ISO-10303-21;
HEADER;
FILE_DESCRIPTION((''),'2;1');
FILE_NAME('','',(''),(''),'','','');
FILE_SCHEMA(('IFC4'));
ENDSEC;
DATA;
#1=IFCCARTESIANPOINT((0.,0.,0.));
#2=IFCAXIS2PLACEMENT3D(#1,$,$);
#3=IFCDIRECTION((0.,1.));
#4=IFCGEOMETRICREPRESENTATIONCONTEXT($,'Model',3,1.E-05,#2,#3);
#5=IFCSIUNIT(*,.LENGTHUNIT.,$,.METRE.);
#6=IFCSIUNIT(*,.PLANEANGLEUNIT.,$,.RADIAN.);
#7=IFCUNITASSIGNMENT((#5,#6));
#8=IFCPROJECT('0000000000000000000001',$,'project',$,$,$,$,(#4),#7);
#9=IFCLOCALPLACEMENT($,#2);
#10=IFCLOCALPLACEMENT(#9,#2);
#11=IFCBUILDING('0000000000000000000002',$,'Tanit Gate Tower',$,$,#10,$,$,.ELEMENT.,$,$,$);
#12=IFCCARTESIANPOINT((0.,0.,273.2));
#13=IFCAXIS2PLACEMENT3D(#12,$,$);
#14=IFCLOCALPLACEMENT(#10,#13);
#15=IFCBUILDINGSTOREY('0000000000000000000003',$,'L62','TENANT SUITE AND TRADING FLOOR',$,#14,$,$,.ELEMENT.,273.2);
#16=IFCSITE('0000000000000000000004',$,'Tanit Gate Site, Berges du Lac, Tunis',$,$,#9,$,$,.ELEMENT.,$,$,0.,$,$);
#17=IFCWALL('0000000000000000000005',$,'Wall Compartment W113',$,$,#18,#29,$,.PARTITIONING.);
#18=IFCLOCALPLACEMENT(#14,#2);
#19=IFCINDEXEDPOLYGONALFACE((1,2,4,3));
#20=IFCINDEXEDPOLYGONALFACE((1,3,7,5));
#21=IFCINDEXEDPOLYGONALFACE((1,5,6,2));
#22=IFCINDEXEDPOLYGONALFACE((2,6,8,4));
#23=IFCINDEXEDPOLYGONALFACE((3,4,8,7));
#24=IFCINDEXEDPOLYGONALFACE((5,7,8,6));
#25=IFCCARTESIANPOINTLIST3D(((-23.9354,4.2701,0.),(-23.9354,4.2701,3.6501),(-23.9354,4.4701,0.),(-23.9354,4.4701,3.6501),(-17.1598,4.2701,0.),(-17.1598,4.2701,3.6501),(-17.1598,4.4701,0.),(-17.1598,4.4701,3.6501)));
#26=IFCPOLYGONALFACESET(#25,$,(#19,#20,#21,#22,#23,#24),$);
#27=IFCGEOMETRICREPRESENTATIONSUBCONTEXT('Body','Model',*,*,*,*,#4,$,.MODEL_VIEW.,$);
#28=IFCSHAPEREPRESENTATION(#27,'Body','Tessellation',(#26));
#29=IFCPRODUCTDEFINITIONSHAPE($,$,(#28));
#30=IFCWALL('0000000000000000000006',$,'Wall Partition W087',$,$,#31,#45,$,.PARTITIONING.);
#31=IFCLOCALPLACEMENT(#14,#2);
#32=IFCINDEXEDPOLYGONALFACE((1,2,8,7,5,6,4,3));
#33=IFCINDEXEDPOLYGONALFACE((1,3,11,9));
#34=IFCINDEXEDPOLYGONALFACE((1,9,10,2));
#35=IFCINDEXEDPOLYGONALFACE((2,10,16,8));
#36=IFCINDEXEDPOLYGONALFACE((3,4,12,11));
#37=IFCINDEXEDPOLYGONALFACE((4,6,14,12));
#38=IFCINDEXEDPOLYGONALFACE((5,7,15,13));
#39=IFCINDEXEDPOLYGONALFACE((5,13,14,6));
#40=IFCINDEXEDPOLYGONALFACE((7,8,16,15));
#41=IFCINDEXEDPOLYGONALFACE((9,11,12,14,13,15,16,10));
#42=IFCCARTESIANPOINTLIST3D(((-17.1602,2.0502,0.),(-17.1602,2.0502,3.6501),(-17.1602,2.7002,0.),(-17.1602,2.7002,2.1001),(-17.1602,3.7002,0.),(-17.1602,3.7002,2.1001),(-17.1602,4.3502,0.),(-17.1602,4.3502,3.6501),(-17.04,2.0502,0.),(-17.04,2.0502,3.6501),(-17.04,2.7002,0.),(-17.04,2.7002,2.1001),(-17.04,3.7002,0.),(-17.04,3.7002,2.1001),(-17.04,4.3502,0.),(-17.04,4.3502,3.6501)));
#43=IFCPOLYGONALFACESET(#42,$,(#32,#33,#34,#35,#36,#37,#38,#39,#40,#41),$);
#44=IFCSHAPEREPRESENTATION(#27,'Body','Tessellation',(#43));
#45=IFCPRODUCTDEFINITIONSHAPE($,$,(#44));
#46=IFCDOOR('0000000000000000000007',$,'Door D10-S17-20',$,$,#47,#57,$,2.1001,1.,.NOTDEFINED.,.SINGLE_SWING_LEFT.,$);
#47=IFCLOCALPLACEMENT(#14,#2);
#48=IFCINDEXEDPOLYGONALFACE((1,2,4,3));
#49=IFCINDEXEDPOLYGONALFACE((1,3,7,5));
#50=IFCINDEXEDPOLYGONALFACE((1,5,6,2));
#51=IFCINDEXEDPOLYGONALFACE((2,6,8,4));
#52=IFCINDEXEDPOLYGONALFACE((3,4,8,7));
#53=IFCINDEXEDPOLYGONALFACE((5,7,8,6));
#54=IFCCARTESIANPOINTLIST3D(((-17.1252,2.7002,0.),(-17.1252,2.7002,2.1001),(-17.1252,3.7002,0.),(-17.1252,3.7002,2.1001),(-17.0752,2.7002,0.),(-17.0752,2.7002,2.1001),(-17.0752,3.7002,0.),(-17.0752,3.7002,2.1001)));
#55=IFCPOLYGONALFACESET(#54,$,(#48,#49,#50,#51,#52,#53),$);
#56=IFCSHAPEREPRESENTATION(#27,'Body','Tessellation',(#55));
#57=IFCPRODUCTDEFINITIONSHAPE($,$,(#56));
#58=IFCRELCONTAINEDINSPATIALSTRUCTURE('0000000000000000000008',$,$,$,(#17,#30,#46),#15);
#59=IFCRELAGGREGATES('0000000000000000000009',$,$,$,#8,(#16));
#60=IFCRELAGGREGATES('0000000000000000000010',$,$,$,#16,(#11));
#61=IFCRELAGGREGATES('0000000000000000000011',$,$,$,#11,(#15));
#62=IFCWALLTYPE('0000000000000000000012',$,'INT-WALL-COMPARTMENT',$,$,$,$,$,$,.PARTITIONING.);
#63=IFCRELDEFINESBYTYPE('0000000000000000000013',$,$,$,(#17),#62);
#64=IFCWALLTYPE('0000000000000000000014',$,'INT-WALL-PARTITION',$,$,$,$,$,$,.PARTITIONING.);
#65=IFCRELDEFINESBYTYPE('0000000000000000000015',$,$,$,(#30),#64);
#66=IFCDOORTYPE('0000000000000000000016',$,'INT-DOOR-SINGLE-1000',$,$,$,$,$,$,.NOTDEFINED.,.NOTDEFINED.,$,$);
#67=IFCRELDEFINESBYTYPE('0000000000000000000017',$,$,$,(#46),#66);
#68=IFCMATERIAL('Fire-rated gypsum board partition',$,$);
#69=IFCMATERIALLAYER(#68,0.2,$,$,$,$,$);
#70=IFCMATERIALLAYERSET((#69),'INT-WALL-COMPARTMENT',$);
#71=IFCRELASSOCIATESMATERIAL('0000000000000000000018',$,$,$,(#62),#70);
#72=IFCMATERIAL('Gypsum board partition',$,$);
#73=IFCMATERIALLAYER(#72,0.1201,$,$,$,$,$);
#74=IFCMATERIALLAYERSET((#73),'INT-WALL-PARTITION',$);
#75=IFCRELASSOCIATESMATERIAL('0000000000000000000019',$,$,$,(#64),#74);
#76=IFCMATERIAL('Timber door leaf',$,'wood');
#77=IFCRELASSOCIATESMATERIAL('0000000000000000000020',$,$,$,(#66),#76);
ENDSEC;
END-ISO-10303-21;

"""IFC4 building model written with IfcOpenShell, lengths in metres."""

from ifc_helpers import new_model, si_unit, direction, frame, frame_2d, origin, place, context, subcontext, project, spatial, rectangle, extrude, material, layer, layer_set, type_object, element, fill, save


model = new_model("IFC4")

# Units and contexts
model_context = context("Model", 3, precision=1e-05, world=origin(), true_north=direction((0.0, 1.0)))
body_context = subcontext(model_context, "Body", "Model", "MODEL_VIEW")
ifc_project = project(units=[si_unit("LENGTHUNIT", "METRE"), si_unit("PLANEANGLEUNIT", "RADIAN")], contexts=[model_context])

# Site, building, storey
site_placement = place(None, origin())
site = spatial("IfcSite", under=ifc_project, at=site_placement, Name="Tanit Gate Site, Berges du Lac, Tunis", CompositionType="ELEMENT", RefElevation=0.0)
building_placement = place(site_placement, origin())
building = spatial("IfcBuilding", under=site, at=building_placement, Name="Tanit Gate Tower", CompositionType="ELEMENT")
storey_placement = place(building_placement, frame((0.0, 0.0, 273.2)))
storey = spatial("IfcBuildingStorey", under=building, at=storey_placement, Name="L62", Description="TENANT SUITE AND TRADING FLOOR", CompositionType="ELEMENT", Elevation=273.2)

# Shared definitions
ifc_material_1 = material(Name="Fire-rated gypsum board partition")
ifc_layer_1 = layer(ifc_material_1, 0.2)
ifc_layer_set_1 = layer_set([ifc_layer_1], Name="INT-WALL-COMPARTMENT")
wall_type_1 = type_object("IfcWallType", Name="INT-WALL-COMPARTMENT", PredefinedType="PARTITIONING", material=ifc_layer_set_1)

# Wall
wall_1_placement = place(storey_placement, frame((-17.1599, 4.3701, 0.0), z_axis=(0.0, 0.0, 1.0), x_axis=(-1.0, 0.0, 0.0)))
element("IfcWall", 1, at=wall_1_placement, inside=storey, type_object=wall_type_1, Name="Wall Compartment W113", PredefinedType="PARTITIONING", context=body_context, shape_type="SweptSolid", body=[
    extrude(rectangle(XDim=6.7756, YDim=0.2, at=frame_2d((3.3877, 0.0))), origin(), (0.0, 0.0, 1.0), 3.6501),
])

# Wall, opening, door
ifc_material_2 = material(Name="Gypsum board partition")
ifc_layer_2 = layer(ifc_material_2, 0.1201)
ifc_layer_set_2 = layer_set([ifc_layer_2], Name="INT-WALL-PARTITION")
wall_type_2 = type_object("IfcWallType", Name="INT-WALL-PARTITION", PredefinedType="PARTITIONING", material=ifc_layer_set_2)
wall_2_placement = place(storey_placement, frame((-17.1001, 4.3501, 0.0), z_axis=(0.0, 0.0, 1.0), x_axis=(0.0, -1.0, 0.0)))
wall_2 = element("IfcWall", 2, at=wall_2_placement, inside=storey, type_object=wall_type_2, Name="Wall Partition W087", PredefinedType="PARTITIONING", context=body_context, shape_type="SweptSolid", body=[
    extrude(rectangle(XDim=2.3, YDim=0.1201, at=frame_2d((1.1499, 0.0))), origin(), (0.0, 0.0, 1.0), 3.6501),
])
opening_1_placement = place(wall_2_placement, frame((0.6499, 0.0, 0.0)))
opening_1 = element("IfcOpeningElement", 3, at=opening_1_placement, cuts=wall_2, PredefinedType="OPENING", context=body_context, shape_type="SweptSolid", body=[
    extrude(rectangle(XDim=1.0, YDim=2.1001, at=frame_2d((0.5, 1.05))), frame((0.0, 0.0701, 0.0), z_axis=(0.0, -1.0, 0.0), x_axis=(1.0, 0.0, 0.0)), (0.0, 0.0, 1.0), 0.1401),
])
ifc_material_3 = material(Name="Timber door leaf", Category="wood")
door_type_1 = type_object("IfcDoorType", Name="INT-DOOR-SINGLE-1000", OperationType="NOTDEFINED", PredefinedType="NOTDEFINED", material=ifc_material_3)
door_1_placement = place(opening_1_placement, origin())
door_1 = element("IfcDoor", 4, at=door_1_placement, inside=storey, type_object=door_type_1, Name="Door D10-S17-20", OperationType="SINGLE_SWING_LEFT", OverallHeight=2.1001, OverallWidth=1.0, PredefinedType="NOTDEFINED", context=body_context, shape_type="SweptSolid", body=[
    extrude(rectangle(XDim=1.0, YDim=2.1001, at=frame_2d((0.5, 1.05))), frame((0.0, 0.0249, 0.0), z_axis=(0.0, -1.0, 0.0), x_axis=(1.0, 0.0, 0.0)), (0.0, 0.0, 1.0), 0.05),
])
fill(opening_1, door_1)

save(model, "model.ifc")
